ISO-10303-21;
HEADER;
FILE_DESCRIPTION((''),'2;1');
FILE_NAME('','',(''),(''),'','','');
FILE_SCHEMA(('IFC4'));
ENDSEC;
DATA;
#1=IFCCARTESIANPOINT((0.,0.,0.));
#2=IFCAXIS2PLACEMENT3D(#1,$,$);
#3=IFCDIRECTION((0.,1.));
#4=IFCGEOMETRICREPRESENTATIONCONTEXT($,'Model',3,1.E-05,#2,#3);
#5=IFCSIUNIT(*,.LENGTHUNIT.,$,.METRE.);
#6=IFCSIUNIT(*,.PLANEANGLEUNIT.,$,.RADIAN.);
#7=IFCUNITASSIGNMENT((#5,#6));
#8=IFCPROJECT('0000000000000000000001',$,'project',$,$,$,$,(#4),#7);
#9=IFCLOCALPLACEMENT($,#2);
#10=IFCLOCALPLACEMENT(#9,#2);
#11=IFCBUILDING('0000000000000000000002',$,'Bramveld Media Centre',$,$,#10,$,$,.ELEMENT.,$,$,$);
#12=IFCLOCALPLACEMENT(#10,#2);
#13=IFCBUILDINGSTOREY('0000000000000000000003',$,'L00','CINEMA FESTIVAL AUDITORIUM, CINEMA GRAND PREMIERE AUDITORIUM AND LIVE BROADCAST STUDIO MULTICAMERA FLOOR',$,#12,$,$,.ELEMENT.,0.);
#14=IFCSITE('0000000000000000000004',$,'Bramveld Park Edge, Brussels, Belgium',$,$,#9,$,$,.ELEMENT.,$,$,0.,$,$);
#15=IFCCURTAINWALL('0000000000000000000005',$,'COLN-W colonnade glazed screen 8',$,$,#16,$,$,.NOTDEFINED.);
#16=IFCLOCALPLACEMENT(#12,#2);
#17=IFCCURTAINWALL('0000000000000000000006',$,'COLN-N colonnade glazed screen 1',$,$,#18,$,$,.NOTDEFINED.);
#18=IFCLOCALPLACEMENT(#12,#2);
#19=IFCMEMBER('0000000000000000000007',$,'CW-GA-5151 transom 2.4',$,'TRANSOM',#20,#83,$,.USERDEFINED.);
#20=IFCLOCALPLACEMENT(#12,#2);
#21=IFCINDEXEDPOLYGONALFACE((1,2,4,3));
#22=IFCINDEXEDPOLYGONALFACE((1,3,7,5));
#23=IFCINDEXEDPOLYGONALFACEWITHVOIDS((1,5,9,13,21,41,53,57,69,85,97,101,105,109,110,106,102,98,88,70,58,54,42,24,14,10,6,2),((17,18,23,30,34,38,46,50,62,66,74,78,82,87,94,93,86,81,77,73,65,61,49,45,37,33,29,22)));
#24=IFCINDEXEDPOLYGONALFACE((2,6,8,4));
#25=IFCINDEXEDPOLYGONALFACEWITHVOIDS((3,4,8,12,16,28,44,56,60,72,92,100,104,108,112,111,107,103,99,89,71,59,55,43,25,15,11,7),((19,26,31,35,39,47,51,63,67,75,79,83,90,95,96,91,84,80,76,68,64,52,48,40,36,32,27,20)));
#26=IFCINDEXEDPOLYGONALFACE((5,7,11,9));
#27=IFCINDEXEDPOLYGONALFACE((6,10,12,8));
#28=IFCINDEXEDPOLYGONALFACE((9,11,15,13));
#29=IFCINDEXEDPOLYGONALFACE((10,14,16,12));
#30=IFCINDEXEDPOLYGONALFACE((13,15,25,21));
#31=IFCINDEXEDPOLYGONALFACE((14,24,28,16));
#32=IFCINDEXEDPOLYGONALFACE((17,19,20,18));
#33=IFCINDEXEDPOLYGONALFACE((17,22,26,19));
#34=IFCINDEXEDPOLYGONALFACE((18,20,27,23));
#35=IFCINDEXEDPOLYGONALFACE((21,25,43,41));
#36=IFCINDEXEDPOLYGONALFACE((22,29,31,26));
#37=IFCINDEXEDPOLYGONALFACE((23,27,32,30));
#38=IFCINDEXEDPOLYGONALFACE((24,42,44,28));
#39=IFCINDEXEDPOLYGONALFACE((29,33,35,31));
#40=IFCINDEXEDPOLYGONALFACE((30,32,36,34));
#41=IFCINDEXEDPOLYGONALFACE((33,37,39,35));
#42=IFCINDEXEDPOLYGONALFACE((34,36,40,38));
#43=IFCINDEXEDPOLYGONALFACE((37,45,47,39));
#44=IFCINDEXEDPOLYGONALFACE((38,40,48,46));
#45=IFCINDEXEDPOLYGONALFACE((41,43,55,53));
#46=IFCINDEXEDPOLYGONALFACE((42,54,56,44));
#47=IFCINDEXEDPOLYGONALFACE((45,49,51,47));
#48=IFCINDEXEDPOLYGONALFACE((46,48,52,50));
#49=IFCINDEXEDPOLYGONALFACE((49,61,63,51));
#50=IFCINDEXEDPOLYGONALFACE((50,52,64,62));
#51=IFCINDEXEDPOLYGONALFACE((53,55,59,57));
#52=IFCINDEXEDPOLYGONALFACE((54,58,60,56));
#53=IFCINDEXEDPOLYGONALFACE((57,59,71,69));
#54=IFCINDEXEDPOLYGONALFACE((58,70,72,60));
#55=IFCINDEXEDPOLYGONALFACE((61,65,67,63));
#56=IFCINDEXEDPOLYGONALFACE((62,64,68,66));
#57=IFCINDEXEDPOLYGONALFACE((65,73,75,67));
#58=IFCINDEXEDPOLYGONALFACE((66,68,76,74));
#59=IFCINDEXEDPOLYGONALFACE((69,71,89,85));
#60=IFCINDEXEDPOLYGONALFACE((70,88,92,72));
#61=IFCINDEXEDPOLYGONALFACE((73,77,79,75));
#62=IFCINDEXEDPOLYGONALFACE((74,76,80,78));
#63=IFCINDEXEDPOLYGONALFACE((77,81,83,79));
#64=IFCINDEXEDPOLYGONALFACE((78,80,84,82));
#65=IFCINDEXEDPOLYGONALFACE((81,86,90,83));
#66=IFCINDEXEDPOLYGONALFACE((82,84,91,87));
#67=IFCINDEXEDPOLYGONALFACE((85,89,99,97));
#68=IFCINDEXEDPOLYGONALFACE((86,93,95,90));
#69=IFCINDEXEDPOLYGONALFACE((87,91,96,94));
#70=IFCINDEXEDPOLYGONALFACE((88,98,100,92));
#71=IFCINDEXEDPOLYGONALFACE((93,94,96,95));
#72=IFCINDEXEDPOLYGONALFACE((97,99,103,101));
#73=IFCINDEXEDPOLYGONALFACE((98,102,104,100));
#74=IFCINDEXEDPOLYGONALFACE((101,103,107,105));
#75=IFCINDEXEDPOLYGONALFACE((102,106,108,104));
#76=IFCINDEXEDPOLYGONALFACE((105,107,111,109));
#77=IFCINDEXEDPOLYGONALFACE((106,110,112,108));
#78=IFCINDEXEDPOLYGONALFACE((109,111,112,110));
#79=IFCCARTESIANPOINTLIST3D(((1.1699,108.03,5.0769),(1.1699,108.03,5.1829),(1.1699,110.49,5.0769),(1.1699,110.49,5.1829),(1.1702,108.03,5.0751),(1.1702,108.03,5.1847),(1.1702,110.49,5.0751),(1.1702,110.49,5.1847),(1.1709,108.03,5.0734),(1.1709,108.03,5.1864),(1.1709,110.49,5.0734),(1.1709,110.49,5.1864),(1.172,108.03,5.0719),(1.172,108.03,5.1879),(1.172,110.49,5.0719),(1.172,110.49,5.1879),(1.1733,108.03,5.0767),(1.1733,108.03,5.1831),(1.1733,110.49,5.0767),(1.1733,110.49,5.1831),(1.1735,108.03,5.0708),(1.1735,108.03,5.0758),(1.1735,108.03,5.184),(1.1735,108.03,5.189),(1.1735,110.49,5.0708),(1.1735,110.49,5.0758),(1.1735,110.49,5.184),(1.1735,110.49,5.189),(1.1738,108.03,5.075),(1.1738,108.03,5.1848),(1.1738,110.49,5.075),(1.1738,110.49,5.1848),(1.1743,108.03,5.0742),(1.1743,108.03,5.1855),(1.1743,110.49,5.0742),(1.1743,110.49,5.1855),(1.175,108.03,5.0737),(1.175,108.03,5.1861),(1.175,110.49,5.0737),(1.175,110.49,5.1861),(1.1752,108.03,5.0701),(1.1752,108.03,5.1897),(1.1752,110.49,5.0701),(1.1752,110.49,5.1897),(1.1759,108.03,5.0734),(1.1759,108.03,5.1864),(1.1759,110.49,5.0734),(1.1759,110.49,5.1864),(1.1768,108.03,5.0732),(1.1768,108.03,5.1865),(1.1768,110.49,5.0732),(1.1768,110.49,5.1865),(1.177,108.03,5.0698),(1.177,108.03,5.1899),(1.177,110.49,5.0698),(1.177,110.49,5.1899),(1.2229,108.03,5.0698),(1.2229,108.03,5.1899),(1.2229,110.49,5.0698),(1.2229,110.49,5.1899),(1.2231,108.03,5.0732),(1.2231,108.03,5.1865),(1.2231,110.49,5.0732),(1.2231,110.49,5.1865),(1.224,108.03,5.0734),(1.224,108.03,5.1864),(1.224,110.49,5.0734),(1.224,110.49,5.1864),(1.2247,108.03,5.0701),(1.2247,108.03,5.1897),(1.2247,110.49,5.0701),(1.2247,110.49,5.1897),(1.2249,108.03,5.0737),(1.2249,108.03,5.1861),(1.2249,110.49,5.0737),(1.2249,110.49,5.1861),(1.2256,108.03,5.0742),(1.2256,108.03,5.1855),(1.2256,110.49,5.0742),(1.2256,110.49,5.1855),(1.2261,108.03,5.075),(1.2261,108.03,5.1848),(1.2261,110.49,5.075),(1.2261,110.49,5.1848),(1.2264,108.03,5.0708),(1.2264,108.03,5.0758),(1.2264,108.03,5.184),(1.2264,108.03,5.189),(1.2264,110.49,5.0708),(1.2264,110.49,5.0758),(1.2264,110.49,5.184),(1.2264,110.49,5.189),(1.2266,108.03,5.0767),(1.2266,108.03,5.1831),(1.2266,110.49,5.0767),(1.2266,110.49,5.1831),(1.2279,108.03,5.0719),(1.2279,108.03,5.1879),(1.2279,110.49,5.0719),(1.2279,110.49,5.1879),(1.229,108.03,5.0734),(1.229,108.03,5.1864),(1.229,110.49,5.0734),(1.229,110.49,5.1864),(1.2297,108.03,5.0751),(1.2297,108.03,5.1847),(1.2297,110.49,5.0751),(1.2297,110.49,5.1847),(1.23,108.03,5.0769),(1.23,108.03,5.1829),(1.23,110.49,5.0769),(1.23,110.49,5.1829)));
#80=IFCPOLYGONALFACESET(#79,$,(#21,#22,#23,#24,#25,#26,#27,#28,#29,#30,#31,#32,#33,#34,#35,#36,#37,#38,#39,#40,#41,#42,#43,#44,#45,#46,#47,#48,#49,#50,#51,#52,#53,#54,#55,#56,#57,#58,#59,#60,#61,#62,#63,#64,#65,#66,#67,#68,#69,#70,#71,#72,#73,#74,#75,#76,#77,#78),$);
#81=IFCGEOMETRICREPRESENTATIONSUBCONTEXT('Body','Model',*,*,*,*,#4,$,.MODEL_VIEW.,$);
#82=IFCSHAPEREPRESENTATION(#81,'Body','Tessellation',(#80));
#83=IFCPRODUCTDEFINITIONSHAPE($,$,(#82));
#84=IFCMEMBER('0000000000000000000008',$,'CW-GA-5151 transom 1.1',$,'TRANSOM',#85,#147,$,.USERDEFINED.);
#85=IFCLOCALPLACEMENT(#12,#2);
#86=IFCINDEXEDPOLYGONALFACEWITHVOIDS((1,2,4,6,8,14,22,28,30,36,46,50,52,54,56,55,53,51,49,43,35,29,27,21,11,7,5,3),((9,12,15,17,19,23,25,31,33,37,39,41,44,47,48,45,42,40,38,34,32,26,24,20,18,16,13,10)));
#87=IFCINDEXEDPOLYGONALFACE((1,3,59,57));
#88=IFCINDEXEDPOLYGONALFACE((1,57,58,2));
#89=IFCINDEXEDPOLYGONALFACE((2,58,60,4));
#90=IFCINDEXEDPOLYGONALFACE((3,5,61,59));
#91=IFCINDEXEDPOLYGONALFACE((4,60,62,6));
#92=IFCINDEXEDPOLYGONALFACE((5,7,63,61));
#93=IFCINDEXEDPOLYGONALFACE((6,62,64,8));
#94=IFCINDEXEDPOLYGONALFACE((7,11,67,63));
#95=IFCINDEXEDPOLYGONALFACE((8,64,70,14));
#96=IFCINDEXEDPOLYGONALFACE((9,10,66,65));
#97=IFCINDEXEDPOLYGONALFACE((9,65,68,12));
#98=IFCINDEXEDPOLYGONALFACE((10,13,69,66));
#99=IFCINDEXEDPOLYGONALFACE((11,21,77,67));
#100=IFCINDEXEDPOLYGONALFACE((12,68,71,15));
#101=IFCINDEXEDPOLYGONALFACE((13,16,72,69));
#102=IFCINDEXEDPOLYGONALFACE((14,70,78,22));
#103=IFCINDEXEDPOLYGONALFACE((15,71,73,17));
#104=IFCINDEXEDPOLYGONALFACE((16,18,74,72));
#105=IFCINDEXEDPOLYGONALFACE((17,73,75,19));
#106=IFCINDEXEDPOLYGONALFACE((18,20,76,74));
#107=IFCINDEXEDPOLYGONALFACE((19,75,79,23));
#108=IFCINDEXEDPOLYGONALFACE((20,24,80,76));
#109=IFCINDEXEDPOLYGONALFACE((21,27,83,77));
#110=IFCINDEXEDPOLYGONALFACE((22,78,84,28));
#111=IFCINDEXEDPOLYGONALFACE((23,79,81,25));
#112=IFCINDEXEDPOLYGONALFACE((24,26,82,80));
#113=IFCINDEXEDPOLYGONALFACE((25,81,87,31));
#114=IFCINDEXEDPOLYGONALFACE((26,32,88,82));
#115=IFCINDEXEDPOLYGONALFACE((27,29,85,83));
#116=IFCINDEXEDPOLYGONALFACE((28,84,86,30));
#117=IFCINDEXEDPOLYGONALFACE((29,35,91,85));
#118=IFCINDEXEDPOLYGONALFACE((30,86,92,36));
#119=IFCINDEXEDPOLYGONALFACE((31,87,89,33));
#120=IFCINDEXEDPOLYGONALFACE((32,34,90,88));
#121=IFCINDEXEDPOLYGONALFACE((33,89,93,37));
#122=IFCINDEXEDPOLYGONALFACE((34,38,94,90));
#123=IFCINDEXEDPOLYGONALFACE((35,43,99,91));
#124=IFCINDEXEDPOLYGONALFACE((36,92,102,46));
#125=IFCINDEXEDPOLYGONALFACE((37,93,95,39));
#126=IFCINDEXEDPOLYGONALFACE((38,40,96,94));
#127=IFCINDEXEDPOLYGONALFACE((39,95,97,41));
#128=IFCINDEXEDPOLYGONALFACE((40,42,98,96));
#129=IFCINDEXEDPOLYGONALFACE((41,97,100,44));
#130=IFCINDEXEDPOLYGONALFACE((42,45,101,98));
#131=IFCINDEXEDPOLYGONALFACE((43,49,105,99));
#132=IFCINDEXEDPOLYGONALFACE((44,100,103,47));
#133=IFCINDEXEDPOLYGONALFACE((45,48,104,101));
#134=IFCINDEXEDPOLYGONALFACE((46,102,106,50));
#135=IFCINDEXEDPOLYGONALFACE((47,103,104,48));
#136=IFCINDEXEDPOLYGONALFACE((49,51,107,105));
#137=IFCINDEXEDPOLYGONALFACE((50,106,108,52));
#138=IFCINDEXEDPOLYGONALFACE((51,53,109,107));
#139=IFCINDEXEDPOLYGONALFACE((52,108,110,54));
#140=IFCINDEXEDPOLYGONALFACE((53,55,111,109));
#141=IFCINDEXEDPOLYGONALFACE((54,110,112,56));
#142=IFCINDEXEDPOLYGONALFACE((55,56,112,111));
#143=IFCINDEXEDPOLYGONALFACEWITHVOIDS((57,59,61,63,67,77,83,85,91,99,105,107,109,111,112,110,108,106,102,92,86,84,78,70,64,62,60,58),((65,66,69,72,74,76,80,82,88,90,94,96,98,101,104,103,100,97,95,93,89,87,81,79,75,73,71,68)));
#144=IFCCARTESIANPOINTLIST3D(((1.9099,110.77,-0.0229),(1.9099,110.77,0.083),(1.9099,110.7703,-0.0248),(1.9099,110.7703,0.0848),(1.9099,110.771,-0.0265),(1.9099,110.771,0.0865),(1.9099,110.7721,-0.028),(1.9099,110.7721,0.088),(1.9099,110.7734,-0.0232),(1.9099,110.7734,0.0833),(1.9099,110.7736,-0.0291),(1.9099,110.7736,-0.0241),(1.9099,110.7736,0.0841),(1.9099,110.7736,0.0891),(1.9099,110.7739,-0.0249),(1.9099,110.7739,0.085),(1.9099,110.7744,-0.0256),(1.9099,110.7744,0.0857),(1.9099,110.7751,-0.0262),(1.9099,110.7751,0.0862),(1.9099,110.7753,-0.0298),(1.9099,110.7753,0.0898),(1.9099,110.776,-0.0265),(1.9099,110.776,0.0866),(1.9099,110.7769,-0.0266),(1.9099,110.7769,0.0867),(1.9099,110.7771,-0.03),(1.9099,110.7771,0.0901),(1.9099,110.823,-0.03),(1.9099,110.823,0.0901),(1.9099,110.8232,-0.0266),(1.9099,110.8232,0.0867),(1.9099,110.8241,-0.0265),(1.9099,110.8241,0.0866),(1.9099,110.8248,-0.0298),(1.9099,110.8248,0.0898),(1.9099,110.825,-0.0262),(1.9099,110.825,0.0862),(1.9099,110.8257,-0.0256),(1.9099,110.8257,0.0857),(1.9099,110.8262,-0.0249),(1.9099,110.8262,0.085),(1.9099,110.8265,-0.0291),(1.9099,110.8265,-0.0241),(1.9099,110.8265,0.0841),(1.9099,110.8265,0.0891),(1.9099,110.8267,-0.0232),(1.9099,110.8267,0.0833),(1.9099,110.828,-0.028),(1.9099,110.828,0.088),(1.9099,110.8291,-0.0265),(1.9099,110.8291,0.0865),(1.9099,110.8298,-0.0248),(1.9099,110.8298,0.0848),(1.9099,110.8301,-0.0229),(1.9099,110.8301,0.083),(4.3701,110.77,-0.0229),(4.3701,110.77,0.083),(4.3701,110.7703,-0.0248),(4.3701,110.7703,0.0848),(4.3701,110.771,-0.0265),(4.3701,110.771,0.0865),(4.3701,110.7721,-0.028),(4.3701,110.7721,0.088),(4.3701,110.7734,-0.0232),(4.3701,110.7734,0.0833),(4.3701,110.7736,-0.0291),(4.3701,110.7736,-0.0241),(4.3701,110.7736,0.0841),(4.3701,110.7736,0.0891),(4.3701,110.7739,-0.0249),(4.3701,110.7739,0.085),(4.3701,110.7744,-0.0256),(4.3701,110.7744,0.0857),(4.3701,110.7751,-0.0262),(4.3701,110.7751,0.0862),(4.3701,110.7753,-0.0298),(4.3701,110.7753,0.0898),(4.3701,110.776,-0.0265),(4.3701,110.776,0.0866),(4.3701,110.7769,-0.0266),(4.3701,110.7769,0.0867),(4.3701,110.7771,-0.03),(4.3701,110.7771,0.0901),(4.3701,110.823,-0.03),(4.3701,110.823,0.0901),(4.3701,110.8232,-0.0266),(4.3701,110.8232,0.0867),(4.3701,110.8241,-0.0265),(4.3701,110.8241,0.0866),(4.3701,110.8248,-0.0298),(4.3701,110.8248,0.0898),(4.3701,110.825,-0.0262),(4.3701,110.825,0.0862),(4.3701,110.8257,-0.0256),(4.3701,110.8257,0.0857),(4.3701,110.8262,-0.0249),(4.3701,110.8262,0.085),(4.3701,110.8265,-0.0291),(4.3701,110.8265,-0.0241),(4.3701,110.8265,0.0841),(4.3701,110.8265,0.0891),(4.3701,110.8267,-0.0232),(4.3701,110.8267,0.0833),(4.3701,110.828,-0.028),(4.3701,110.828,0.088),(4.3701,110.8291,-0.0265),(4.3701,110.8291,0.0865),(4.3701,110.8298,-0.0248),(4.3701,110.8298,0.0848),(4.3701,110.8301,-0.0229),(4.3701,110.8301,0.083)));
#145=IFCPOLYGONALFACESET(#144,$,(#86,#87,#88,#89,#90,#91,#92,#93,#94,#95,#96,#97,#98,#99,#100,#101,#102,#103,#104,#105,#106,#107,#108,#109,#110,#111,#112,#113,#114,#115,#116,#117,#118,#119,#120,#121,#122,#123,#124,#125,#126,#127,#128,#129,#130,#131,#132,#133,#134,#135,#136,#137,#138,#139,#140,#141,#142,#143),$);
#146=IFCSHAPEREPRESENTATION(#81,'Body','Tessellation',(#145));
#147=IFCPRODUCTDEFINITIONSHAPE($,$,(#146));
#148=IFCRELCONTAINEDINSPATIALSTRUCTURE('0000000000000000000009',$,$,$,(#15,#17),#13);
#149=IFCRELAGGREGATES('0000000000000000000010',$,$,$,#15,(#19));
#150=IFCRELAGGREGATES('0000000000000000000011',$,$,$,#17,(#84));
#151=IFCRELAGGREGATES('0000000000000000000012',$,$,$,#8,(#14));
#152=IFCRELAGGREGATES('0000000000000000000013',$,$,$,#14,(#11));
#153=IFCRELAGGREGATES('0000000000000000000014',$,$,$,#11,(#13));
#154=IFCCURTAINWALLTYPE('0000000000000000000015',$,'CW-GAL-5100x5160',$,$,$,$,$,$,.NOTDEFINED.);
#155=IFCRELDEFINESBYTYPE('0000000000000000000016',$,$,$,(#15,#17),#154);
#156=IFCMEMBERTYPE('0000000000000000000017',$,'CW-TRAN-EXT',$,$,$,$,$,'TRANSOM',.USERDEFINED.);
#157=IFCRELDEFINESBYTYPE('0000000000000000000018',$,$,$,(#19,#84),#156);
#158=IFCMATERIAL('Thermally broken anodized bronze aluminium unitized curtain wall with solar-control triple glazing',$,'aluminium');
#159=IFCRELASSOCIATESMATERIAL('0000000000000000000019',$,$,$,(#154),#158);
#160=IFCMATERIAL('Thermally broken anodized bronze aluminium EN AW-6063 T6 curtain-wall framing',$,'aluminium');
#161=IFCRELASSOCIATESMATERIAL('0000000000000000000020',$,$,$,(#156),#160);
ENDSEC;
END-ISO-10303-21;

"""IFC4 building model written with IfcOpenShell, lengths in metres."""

from ifc_helpers import new_model, si_unit, direction, frame, origin, origin_2d, place, context, subcontext, project, spatial, hollow_rectangle, extrude, material, material_profile, profile_set, type_object, element, aggregate, save


model = new_model("IFC4")

# Units and contexts
model_context = context("Model", 3, precision=1e-05, world=origin(), true_north=direction((0.0, 1.0)))
body_context = subcontext(model_context, "Body", "Model", "MODEL_VIEW")
ifc_project = project(units=[si_unit("LENGTHUNIT", "METRE"), si_unit("PLANEANGLEUNIT", "RADIAN")], contexts=[model_context])

# Site, building, storey
site_placement = place(None, origin())
site = spatial("IfcSite", under=ifc_project, at=site_placement, Name="Bramveld Park Edge, Brussels, Belgium", CompositionType="ELEMENT", RefElevation=0.0)
building_placement = place(site_placement, origin())
building = spatial("IfcBuilding", under=site, at=building_placement, Name="Bramveld Media Centre", CompositionType="ELEMENT")
storey_placement = place(building_placement, origin())
storey = spatial("IfcBuildingStorey", under=building, at=storey_placement, Name="L00", Description="CINEMA FESTIVAL AUDITORIUM, CINEMA GRAND PREMIERE AUDITORIUM AND LIVE BROADCAST STUDIO MULTICAMERA FLOOR", CompositionType="ELEMENT", Elevation=0.0)

# Curtain walls
ifc_material_1 = material(Name="Thermally broken anodized bronze aluminium unitized curtain wall with solar-control triple glazing", Category="aluminium")
curtain_wall_type = type_object("IfcCurtainWallType", Name="CW-GAL-5100x5160", PredefinedType="NOTDEFINED", material=ifc_material_1)
curtain_wall_1_placement = place(storey_placement, origin())
curtain_wall_1 = element("IfcCurtainWall", 1, at=curtain_wall_1_placement, inside=storey, type_object=curtain_wall_type, Name="COLN-W colonnade glazed screen 8", PredefinedType="NOTDEFINED")
curtain_wall_2_placement = place(storey_placement, origin())
curtain_wall_2 = element("IfcCurtainWall", 2, at=curtain_wall_2_placement, inside=storey, type_object=curtain_wall_type, Name="COLN-N colonnade glazed screen 1", PredefinedType="NOTDEFINED")

# Members
ifc_material_2 = material(Name="Thermally broken anodized bronze aluminium EN AW-6063 T6 curtain-wall framing", Category="aluminium")
ifc_material_profile_1 = material_profile(ifc_material_2, hollow_rectangle(XDim=0.0601, YDim=0.1201, WallThickness=0.0034, InnerFilletRadius=0.0034, OuterFilletRadius=0.0071, at=origin_2d()), Name="AL-TRAN 60x120")
ifc_profile_set_1 = profile_set([ifc_material_profile_1], Name="Thermally broken anodized bronze aluminium EN AW-6063 T6 curtain-wall framing")
member_type_1 = type_object("IfcMemberType", Name="CW-TRAN-EXT", ElementType="TRANSOM", PredefinedType="USERDEFINED", material=ifc_profile_set_1)
member_1_placement = place(storey_placement, frame((1.2, 108.03, 5.1299), z_axis=(0.0, 1.0, 0.0), x_axis=(-1.0, 0.0, 0.0)))
member_1 = element("IfcMember", 3, at=member_1_placement, type_object=member_type_1, Name="CW-GA-5151 transom 2.4", ObjectType="TRANSOM", PredefinedType="USERDEFINED", context=body_context, shape_type="SweptSolid", body=[
    extrude(hollow_rectangle(XDim=0.0601, YDim=0.1201, WallThickness=0.0034, InnerFilletRadius=0.0034, OuterFilletRadius=0.0071, at=origin_2d()), origin(), (0.0, 0.0, 1.0), 2.46),
])
member_2_placement = place(storey_placement, frame((1.9099, 110.8, 0.03), z_axis=(1.0, 0.0, 0.0), x_axis=(0.0, 1.0, 0.0)))
member_2 = element("IfcMember", 4, at=member_2_placement, type_object=member_type_1, Name="CW-GA-5151 transom 1.1", ObjectType="TRANSOM", PredefinedType="USERDEFINED", context=body_context, shape_type="SweptSolid", body=[
    extrude(hollow_rectangle(XDim=0.0601, YDim=0.1201, WallThickness=0.0034, InnerFilletRadius=0.0034, OuterFilletRadius=0.0071, at=origin_2d()), origin(), (0.0, 0.0, 1.0), 2.4602),
])

aggregate(curtain_wall_1, [member_1])
aggregate(curtain_wall_2, [member_2])

save(model, "model.ifc")
